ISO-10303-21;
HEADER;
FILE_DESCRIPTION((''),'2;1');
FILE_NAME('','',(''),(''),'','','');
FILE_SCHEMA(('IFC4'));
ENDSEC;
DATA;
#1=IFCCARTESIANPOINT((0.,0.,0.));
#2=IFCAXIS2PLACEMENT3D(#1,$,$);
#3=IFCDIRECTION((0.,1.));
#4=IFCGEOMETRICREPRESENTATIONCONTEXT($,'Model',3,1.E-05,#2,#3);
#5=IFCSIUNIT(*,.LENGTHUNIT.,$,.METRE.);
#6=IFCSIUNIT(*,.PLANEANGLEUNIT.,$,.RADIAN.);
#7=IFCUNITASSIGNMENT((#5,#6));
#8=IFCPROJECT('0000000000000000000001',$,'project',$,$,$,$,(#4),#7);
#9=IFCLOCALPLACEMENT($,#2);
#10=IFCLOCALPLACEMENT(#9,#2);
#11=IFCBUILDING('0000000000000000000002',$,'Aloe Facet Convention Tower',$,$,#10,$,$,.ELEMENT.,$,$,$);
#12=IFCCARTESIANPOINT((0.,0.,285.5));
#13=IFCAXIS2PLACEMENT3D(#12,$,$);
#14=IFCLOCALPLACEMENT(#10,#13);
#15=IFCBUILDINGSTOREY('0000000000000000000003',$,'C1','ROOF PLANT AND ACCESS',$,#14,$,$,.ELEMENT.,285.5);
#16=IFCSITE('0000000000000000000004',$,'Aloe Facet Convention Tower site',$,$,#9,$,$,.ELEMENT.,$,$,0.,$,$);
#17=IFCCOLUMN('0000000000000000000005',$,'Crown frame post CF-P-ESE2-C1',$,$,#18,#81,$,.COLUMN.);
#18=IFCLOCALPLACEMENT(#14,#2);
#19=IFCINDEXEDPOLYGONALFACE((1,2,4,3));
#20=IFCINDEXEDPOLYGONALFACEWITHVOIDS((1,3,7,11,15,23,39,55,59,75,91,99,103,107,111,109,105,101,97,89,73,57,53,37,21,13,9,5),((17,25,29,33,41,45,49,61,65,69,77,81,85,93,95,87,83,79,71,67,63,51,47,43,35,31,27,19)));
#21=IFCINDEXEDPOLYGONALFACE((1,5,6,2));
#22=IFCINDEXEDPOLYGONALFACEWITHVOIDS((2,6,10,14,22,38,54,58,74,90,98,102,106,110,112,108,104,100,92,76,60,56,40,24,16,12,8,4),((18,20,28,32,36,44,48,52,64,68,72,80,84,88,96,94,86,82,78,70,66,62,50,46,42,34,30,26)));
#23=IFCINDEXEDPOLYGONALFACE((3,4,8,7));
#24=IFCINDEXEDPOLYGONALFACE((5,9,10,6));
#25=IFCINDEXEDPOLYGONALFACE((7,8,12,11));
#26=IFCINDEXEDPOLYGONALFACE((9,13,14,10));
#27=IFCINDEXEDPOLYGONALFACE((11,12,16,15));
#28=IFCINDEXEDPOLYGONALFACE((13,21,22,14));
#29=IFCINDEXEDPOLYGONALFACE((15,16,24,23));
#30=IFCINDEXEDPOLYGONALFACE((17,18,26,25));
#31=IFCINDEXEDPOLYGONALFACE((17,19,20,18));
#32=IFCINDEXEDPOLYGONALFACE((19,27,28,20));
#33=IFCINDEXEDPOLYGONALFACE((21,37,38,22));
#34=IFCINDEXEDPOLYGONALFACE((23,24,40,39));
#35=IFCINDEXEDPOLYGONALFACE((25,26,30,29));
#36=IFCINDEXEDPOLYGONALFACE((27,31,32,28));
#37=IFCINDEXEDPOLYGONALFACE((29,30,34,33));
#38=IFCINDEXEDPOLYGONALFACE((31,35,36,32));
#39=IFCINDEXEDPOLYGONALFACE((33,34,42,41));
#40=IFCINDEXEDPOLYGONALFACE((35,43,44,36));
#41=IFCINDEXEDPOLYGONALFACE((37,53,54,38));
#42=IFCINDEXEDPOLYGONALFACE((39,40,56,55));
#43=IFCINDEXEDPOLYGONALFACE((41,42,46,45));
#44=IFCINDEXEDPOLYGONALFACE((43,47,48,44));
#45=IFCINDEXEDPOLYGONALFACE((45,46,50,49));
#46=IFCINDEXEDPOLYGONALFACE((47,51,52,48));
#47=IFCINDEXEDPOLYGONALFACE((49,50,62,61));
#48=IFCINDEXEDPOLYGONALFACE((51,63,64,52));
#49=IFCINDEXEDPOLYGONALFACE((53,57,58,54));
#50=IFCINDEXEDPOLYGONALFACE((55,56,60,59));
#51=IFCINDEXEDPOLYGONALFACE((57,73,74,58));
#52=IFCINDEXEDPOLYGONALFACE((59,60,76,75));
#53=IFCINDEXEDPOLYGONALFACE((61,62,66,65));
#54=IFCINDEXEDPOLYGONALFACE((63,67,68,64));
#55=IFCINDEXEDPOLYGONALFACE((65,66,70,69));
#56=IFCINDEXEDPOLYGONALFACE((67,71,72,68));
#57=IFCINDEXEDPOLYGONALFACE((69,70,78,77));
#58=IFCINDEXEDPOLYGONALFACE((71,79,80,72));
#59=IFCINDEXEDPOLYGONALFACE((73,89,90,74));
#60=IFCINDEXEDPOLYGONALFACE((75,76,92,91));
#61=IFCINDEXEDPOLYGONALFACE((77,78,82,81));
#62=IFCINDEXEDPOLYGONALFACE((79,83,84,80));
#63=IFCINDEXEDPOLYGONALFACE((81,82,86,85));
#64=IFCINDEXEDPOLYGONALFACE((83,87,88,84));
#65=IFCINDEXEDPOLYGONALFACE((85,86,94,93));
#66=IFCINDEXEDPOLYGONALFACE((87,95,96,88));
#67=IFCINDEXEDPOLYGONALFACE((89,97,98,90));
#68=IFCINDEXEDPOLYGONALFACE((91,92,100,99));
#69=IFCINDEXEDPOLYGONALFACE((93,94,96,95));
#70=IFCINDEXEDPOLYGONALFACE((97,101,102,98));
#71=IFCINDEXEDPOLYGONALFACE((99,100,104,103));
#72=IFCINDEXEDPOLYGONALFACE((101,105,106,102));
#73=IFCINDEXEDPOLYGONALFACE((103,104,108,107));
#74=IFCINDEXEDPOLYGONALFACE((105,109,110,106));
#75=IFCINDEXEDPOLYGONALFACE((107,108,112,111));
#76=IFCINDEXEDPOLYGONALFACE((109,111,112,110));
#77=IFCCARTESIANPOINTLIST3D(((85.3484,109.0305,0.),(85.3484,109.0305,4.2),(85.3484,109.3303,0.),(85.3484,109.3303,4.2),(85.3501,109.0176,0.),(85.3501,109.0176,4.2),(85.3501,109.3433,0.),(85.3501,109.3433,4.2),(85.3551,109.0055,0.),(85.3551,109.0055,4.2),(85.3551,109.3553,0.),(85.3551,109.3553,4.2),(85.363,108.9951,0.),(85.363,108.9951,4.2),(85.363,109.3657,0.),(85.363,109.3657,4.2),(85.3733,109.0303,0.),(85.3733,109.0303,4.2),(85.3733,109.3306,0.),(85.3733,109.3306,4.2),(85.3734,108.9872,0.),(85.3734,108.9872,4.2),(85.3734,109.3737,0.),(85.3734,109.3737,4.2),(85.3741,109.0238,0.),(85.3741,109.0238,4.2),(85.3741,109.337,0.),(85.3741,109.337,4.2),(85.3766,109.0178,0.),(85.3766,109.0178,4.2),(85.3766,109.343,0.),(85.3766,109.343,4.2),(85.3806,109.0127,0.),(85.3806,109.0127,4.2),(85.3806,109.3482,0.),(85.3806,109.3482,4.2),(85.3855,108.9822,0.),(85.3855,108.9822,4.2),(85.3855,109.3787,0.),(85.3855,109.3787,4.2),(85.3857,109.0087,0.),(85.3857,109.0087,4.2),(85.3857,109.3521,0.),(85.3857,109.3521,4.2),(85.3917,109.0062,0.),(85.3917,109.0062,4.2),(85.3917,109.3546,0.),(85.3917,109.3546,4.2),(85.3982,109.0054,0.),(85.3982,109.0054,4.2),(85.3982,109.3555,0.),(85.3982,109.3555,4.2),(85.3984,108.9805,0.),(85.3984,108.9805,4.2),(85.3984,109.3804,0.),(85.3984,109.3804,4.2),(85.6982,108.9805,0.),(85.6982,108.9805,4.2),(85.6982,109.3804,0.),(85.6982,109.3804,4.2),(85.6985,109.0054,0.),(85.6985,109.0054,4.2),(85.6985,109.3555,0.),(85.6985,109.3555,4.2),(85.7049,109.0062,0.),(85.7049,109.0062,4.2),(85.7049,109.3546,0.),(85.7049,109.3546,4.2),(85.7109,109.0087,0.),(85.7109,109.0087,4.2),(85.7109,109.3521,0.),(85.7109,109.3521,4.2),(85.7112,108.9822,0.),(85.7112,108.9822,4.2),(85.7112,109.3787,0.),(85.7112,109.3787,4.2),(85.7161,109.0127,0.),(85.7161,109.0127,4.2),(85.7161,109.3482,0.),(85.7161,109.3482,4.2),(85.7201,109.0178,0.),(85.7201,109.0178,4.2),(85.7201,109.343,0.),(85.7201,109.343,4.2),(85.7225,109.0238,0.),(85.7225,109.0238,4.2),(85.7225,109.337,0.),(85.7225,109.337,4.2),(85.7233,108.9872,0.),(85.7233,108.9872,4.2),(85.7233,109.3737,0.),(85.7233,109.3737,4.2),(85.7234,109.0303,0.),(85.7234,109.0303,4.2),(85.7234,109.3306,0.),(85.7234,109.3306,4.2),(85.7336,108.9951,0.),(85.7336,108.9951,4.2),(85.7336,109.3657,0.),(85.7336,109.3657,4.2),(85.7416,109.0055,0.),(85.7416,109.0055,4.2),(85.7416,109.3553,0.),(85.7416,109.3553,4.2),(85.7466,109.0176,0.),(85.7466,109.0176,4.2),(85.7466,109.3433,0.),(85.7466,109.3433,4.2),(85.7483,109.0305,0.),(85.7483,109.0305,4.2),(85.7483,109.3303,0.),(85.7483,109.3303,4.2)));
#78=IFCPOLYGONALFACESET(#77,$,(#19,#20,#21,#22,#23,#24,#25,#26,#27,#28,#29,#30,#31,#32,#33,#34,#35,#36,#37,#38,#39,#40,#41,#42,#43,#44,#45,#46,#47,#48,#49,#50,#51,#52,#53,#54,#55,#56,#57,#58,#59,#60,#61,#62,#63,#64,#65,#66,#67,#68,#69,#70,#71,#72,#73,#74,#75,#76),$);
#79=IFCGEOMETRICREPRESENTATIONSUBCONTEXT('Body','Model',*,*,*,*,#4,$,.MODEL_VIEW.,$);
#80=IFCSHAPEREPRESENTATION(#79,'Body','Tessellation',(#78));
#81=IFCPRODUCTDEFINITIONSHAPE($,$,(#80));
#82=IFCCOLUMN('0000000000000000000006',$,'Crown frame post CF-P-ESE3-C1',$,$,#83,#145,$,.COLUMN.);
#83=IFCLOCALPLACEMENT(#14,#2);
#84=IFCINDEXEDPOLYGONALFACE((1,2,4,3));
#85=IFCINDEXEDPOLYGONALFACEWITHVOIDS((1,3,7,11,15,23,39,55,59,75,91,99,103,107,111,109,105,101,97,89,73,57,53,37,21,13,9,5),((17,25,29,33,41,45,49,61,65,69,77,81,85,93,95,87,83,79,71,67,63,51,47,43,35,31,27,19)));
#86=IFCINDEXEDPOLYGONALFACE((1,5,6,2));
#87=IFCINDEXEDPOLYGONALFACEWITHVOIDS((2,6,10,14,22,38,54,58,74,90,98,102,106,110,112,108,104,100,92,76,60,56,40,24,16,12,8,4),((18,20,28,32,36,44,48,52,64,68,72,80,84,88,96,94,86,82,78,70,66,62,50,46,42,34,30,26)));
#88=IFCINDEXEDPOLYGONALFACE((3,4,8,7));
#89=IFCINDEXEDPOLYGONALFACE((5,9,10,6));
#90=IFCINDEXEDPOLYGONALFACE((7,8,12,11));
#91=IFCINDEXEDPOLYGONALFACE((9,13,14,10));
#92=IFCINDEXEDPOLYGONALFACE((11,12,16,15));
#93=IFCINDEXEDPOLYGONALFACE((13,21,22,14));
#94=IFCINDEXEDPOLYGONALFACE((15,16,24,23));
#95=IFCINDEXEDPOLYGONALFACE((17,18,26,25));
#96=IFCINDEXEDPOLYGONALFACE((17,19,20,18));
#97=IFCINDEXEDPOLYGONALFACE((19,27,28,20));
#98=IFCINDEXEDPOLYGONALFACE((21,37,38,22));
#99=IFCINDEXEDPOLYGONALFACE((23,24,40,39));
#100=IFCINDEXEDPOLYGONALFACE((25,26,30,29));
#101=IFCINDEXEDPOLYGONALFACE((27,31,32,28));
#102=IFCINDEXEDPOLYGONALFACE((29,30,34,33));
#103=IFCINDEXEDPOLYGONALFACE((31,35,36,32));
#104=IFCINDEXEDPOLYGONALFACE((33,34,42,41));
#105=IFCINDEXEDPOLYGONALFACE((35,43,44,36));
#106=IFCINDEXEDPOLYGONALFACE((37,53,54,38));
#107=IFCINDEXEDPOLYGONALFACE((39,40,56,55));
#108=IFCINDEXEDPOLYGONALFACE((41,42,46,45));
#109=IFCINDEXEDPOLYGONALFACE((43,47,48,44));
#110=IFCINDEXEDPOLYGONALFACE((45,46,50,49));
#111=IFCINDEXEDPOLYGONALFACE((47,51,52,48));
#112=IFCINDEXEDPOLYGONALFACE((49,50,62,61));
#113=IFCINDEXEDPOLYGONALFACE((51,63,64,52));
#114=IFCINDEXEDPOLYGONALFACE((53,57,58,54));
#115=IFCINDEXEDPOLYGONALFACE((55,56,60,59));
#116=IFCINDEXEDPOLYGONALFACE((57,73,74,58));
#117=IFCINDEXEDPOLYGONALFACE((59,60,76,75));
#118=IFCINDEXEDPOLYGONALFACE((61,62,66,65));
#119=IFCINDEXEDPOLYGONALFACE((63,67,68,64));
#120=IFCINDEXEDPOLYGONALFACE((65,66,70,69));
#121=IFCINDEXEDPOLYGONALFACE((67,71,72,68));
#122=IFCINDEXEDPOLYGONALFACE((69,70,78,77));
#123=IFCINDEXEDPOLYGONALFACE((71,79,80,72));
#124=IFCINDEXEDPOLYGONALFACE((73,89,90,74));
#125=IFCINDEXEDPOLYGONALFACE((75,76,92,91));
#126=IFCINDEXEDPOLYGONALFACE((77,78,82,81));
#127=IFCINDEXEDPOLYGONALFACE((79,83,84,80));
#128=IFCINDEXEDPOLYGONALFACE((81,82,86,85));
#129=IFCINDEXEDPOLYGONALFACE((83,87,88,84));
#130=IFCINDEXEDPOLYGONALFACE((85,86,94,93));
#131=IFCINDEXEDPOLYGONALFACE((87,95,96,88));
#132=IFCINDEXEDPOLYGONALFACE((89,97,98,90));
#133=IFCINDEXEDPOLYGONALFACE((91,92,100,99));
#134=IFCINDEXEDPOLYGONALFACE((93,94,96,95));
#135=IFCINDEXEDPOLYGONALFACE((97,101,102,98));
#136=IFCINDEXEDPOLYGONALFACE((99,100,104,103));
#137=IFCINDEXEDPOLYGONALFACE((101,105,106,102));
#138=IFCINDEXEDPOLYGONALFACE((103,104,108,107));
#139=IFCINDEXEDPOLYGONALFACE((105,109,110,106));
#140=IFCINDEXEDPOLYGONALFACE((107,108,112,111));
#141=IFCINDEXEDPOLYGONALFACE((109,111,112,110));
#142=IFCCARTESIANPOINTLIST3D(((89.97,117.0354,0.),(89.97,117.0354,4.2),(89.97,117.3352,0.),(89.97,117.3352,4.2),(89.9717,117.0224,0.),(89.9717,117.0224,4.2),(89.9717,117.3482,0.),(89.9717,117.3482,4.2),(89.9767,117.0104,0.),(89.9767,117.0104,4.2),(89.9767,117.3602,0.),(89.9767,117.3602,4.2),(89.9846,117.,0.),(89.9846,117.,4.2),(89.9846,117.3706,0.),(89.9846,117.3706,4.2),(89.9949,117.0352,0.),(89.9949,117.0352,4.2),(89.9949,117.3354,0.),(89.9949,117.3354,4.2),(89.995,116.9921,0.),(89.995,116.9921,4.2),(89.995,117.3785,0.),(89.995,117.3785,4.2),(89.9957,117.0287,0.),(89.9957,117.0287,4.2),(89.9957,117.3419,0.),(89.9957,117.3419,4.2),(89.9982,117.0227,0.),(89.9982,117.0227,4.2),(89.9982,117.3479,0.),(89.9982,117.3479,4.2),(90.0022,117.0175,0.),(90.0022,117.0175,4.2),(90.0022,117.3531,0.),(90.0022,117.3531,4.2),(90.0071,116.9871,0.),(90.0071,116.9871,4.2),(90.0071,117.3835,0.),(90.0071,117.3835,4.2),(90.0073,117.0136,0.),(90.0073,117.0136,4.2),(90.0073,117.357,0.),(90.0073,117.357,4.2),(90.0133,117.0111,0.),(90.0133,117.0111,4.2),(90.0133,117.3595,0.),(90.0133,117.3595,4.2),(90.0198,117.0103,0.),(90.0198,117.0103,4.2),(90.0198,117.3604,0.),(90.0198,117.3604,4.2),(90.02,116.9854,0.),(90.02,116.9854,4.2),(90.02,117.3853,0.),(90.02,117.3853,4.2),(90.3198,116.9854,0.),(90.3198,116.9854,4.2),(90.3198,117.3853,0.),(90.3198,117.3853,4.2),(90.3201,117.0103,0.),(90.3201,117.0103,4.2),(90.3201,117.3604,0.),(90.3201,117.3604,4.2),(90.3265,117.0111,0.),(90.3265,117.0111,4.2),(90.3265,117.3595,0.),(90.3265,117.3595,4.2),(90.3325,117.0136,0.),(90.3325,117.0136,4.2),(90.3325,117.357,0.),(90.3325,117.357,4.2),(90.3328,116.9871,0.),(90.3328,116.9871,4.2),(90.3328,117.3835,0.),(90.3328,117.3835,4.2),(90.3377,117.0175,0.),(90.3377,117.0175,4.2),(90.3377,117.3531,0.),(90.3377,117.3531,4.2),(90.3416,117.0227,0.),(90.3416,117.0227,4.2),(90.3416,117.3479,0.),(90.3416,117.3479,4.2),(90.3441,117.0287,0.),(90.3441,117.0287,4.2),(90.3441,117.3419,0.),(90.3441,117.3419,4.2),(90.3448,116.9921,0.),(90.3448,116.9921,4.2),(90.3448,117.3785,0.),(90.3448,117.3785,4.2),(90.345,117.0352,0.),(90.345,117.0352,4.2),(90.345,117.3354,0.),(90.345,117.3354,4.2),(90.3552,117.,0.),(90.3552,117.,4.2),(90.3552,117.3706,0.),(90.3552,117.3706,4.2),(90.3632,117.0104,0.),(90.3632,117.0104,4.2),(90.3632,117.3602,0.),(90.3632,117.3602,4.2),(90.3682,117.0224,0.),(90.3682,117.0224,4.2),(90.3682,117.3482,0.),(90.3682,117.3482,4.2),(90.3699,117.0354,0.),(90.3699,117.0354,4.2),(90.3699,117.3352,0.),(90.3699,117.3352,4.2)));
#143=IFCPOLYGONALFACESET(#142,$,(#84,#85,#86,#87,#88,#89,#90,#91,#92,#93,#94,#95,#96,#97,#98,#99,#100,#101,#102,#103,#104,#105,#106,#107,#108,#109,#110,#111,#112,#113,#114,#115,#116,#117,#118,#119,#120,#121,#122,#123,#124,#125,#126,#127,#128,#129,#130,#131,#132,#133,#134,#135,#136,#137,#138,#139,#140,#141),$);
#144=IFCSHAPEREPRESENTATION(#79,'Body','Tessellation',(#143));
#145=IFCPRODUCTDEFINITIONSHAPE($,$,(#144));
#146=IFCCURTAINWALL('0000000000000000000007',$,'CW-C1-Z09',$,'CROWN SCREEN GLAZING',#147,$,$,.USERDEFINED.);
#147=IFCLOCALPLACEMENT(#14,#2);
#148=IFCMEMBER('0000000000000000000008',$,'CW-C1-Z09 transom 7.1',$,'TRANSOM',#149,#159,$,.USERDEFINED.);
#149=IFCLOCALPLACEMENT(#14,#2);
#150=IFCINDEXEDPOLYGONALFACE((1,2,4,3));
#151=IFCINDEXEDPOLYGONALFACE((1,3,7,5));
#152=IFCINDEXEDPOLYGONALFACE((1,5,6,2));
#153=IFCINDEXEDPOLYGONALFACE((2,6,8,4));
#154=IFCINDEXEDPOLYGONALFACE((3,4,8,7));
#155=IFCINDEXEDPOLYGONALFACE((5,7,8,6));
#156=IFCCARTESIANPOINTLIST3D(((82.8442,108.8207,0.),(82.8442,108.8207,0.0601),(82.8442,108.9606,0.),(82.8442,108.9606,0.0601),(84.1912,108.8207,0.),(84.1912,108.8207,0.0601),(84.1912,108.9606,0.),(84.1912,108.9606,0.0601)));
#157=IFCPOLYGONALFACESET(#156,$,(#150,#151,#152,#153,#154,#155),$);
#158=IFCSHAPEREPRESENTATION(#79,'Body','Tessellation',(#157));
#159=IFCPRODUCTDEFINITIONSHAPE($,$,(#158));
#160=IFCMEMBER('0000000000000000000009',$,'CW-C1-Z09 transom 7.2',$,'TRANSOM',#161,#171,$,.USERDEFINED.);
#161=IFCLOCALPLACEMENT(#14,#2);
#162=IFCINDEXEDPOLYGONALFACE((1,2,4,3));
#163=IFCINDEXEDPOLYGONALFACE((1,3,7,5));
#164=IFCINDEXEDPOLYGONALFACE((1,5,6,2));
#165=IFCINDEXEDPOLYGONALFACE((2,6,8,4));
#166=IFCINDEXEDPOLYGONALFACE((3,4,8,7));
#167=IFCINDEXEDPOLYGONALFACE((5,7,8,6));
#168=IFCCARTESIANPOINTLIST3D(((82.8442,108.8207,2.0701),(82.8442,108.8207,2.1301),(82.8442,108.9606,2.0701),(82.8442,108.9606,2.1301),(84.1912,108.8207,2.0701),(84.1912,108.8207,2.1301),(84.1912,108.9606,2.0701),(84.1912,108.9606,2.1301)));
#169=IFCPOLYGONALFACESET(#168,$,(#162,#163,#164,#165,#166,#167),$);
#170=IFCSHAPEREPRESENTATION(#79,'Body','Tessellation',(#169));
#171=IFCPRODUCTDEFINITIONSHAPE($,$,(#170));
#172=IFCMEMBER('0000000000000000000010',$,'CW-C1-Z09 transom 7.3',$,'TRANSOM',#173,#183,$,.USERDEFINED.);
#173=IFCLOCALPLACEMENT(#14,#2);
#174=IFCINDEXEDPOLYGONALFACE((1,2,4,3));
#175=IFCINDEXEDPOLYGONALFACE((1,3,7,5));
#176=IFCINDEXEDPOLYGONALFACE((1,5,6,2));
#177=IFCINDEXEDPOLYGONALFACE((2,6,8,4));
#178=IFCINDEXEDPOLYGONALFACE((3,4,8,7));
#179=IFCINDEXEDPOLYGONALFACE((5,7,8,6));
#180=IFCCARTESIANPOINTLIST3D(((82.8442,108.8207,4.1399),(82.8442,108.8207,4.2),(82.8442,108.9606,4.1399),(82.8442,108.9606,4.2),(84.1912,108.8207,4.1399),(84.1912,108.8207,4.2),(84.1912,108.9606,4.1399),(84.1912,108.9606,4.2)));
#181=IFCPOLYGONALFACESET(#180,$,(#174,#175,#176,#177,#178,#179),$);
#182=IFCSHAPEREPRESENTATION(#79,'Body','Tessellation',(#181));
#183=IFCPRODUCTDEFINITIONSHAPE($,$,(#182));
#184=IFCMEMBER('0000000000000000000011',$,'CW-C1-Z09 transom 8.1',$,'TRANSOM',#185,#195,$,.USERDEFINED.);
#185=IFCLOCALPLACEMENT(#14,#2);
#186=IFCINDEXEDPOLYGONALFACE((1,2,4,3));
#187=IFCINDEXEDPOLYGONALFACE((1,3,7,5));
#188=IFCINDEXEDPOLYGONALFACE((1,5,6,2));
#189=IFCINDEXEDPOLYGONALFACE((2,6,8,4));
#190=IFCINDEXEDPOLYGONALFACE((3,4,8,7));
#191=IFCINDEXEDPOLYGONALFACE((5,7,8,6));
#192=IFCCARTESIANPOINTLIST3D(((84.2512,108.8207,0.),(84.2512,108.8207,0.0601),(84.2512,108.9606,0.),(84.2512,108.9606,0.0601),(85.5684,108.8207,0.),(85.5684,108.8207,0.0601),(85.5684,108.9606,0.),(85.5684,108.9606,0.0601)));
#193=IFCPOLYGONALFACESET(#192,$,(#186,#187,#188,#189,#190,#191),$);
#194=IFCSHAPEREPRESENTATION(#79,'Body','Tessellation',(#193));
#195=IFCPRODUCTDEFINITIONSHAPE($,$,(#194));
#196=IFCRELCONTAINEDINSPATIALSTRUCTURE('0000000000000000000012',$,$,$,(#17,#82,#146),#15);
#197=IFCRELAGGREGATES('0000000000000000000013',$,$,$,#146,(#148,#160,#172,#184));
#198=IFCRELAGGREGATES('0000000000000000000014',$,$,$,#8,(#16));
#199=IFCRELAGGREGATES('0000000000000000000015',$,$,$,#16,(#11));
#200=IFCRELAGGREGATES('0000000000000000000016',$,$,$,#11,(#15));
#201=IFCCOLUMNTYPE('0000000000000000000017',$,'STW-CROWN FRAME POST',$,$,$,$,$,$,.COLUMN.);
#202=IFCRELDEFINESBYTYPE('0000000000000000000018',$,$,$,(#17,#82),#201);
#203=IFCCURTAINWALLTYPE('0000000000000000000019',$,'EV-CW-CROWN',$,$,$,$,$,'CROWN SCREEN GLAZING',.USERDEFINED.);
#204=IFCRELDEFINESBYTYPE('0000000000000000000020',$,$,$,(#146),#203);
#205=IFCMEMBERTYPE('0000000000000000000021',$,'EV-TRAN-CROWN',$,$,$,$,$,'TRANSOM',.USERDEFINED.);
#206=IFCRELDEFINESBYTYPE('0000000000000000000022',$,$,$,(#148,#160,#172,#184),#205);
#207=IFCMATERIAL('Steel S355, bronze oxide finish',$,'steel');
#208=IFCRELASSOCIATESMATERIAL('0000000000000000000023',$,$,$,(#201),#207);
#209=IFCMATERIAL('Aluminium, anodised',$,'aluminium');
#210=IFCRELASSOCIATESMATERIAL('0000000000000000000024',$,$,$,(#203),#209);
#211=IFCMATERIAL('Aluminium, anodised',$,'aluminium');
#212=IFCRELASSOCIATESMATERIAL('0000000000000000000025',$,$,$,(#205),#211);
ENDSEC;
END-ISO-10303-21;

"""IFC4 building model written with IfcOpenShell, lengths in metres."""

from ifc_helpers import new_model, si_unit, direction, frame, origin, origin_2d, place, context, subcontext, project, spatial, rectangle, hollow_rectangle, extrude, material, material_profile, profile_set, type_object, element, aggregate, save


model = new_model("IFC4")

# Units and contexts
model_context = context("Model", 3, precision=1e-05, world=origin(), true_north=direction((0.0, 1.0)))
body_context = subcontext(model_context, "Body", "Model", "MODEL_VIEW")
ifc_project = project(units=[si_unit("LENGTHUNIT", "METRE"), si_unit("PLANEANGLEUNIT", "RADIAN")], contexts=[model_context])

# Site, building, storey
site_placement = place(None, origin())
site = spatial("IfcSite", under=ifc_project, at=site_placement, Name="Aloe Facet Convention Tower site", CompositionType="ELEMENT", RefElevation=0.0)
building_placement = place(site_placement, origin())
building = spatial("IfcBuilding", under=site, at=building_placement, Name="Aloe Facet Convention Tower", CompositionType="ELEMENT")
storey_placement = place(building_placement, frame((0.0, 0.0, 285.5)))
storey = spatial("IfcBuildingStorey", under=building, at=storey_placement, Name="C1", Description="ROOF PLANT AND ACCESS", CompositionType="ELEMENT", Elevation=285.5)

# Columns
ifc_material_1 = material(Name="Steel S355, bronze oxide finish", Category="steel")
ifc_material_profile_1 = material_profile(ifc_material_1, hollow_rectangle(XDim=0.3999, YDim=0.3999, WallThickness=0.0249, InnerFilletRadius=0.0249, OuterFilletRadius=0.05, at=origin_2d()), Name="SHS 400x400x25")
ifc_profile_set_1 = profile_set([ifc_material_profile_1], Name="Steel S355, bronze oxide finish")
column_type = type_object("IfcColumnType", Name="STW-CROWN FRAME POST", PredefinedType="COLUMN", material=ifc_profile_set_1)
for number, where, z_axis, x_axis, name in (
    (1, (85.5483, 109.1804, 0.0), (0.0, 0.0, 1.0), (1.0, 0.0, 0.0), "Crown frame post CF-P-ESE2-C1"),
    (2, (90.1699, 117.1853, 0.0), (0.0, 0.0, 1.0), (1.0, 0.0, 0.0), "Crown frame post CF-P-ESE3-C1"),
):
    element("IfcColumn", number, at=place(storey_placement, frame(where, z_axis=z_axis, x_axis=x_axis)), inside=storey, type_object=column_type, Name=name, PredefinedType="COLUMN", context=body_context, shape_type="SweptSolid", body=[
        extrude(hollow_rectangle(XDim=0.3999, YDim=0.3999, WallThickness=0.0249, InnerFilletRadius=0.0249, OuterFilletRadius=0.05, at=origin_2d()), origin(), (0.0, 0.0, 1.0), 4.2),
    ])

# Curtain wall, members
ifc_material_2 = material(Name="Aluminium, anodised", Category="aluminium")
curtain_wall_type = type_object("IfcCurtainWallType", Name="EV-CW-CROWN", ElementType="CROWN SCREEN GLAZING", PredefinedType="USERDEFINED", material=ifc_material_2)
curtain_wall_placement = place(storey_placement, origin())
curtain_wall = element("IfcCurtainWall", 3, at=curtain_wall_placement, inside=storey, type_object=curtain_wall_type, Name="CW-C1-Z09", ObjectType="CROWN SCREEN GLAZING", PredefinedType="USERDEFINED")
ifc_material_3 = material(Name="Aluminium, anodised", Category="aluminium")
ifc_material_profile_2 = material_profile(ifc_material_3, rectangle(XDim=0.1399, YDim=0.0601, at=origin_2d()), Name="AL 140x60")
ifc_profile_set_2 = profile_set([ifc_material_profile_2], Name="Aluminium, anodised")
member_type_1 = type_object("IfcMemberType", Name="EV-TRAN-CROWN", ElementType="TRANSOM", PredefinedType="USERDEFINED", material=ifc_profile_set_2)
member_1_placement = place(storey_placement, frame((82.8442, 108.8906, 0.03), z_axis=(1.0, 0.0, 0.0), x_axis=(0.0, 1.0, 0.0)))
member_1 = element("IfcMember", 4, at=member_1_placement, type_object=member_type_1, Name="CW-C1-Z09 transom 7.1", ObjectType="TRANSOM", PredefinedType="USERDEFINED", context=body_context, shape_type="SweptSolid", body=[
    extrude(rectangle(XDim=0.1399, YDim=0.0601, at=origin_2d()), origin(), (0.0, 0.0, 1.0), 1.3469),
])
member_2_placement = place(storey_placement, frame((82.8442, 108.8906, 2.1001), z_axis=(1.0, 0.0, 0.0), x_axis=(0.0, 1.0, 0.0)))
member_2 = element("IfcMember", 5, at=member_2_placement, type_object=member_type_1, Name="CW-C1-Z09 transom 7.2", ObjectType="TRANSOM", PredefinedType="USERDEFINED", context=body_context, shape_type="SweptSolid", body=[
    extrude(rectangle(XDim=0.1399, YDim=0.0601, at=origin_2d()), origin(), (0.0, 0.0, 1.0), 1.3469),
])
member_3_placement = place(storey_placement, frame((82.8442, 108.8906, 4.1699), z_axis=(1.0, 0.0, 0.0), x_axis=(0.0, 1.0, 0.0)))
member_3 = element("IfcMember", 6, at=member_3_placement, type_object=member_type_1, Name="CW-C1-Z09 transom 7.3", ObjectType="TRANSOM", PredefinedType="USERDEFINED", context=body_context, shape_type="SweptSolid", body=[
    extrude(rectangle(XDim=0.1399, YDim=0.0601, at=origin_2d()), origin(), (0.0, 0.0, 1.0), 1.3469),
])
member_4_placement = place(storey_placement, frame((84.2512, 108.8906, 0.03), z_axis=(1.0, 0.0, 0.0), x_axis=(0.0, 1.0, 0.0)))
member_4 = element("IfcMember", 7, at=member_4_placement, type_object=member_type_1, Name="CW-C1-Z09 transom 8.1", ObjectType="TRANSOM", PredefinedType="USERDEFINED", context=body_context, shape_type="SweptSolid", body=[
    extrude(rectangle(XDim=0.1399, YDim=0.0601, at=origin_2d()), origin(), (0.0, 0.0, 1.0), 1.3171),
])

aggregate(curtain_wall, [member_1, member_2, member_3, member_4])

save(model, "model.ifc")
